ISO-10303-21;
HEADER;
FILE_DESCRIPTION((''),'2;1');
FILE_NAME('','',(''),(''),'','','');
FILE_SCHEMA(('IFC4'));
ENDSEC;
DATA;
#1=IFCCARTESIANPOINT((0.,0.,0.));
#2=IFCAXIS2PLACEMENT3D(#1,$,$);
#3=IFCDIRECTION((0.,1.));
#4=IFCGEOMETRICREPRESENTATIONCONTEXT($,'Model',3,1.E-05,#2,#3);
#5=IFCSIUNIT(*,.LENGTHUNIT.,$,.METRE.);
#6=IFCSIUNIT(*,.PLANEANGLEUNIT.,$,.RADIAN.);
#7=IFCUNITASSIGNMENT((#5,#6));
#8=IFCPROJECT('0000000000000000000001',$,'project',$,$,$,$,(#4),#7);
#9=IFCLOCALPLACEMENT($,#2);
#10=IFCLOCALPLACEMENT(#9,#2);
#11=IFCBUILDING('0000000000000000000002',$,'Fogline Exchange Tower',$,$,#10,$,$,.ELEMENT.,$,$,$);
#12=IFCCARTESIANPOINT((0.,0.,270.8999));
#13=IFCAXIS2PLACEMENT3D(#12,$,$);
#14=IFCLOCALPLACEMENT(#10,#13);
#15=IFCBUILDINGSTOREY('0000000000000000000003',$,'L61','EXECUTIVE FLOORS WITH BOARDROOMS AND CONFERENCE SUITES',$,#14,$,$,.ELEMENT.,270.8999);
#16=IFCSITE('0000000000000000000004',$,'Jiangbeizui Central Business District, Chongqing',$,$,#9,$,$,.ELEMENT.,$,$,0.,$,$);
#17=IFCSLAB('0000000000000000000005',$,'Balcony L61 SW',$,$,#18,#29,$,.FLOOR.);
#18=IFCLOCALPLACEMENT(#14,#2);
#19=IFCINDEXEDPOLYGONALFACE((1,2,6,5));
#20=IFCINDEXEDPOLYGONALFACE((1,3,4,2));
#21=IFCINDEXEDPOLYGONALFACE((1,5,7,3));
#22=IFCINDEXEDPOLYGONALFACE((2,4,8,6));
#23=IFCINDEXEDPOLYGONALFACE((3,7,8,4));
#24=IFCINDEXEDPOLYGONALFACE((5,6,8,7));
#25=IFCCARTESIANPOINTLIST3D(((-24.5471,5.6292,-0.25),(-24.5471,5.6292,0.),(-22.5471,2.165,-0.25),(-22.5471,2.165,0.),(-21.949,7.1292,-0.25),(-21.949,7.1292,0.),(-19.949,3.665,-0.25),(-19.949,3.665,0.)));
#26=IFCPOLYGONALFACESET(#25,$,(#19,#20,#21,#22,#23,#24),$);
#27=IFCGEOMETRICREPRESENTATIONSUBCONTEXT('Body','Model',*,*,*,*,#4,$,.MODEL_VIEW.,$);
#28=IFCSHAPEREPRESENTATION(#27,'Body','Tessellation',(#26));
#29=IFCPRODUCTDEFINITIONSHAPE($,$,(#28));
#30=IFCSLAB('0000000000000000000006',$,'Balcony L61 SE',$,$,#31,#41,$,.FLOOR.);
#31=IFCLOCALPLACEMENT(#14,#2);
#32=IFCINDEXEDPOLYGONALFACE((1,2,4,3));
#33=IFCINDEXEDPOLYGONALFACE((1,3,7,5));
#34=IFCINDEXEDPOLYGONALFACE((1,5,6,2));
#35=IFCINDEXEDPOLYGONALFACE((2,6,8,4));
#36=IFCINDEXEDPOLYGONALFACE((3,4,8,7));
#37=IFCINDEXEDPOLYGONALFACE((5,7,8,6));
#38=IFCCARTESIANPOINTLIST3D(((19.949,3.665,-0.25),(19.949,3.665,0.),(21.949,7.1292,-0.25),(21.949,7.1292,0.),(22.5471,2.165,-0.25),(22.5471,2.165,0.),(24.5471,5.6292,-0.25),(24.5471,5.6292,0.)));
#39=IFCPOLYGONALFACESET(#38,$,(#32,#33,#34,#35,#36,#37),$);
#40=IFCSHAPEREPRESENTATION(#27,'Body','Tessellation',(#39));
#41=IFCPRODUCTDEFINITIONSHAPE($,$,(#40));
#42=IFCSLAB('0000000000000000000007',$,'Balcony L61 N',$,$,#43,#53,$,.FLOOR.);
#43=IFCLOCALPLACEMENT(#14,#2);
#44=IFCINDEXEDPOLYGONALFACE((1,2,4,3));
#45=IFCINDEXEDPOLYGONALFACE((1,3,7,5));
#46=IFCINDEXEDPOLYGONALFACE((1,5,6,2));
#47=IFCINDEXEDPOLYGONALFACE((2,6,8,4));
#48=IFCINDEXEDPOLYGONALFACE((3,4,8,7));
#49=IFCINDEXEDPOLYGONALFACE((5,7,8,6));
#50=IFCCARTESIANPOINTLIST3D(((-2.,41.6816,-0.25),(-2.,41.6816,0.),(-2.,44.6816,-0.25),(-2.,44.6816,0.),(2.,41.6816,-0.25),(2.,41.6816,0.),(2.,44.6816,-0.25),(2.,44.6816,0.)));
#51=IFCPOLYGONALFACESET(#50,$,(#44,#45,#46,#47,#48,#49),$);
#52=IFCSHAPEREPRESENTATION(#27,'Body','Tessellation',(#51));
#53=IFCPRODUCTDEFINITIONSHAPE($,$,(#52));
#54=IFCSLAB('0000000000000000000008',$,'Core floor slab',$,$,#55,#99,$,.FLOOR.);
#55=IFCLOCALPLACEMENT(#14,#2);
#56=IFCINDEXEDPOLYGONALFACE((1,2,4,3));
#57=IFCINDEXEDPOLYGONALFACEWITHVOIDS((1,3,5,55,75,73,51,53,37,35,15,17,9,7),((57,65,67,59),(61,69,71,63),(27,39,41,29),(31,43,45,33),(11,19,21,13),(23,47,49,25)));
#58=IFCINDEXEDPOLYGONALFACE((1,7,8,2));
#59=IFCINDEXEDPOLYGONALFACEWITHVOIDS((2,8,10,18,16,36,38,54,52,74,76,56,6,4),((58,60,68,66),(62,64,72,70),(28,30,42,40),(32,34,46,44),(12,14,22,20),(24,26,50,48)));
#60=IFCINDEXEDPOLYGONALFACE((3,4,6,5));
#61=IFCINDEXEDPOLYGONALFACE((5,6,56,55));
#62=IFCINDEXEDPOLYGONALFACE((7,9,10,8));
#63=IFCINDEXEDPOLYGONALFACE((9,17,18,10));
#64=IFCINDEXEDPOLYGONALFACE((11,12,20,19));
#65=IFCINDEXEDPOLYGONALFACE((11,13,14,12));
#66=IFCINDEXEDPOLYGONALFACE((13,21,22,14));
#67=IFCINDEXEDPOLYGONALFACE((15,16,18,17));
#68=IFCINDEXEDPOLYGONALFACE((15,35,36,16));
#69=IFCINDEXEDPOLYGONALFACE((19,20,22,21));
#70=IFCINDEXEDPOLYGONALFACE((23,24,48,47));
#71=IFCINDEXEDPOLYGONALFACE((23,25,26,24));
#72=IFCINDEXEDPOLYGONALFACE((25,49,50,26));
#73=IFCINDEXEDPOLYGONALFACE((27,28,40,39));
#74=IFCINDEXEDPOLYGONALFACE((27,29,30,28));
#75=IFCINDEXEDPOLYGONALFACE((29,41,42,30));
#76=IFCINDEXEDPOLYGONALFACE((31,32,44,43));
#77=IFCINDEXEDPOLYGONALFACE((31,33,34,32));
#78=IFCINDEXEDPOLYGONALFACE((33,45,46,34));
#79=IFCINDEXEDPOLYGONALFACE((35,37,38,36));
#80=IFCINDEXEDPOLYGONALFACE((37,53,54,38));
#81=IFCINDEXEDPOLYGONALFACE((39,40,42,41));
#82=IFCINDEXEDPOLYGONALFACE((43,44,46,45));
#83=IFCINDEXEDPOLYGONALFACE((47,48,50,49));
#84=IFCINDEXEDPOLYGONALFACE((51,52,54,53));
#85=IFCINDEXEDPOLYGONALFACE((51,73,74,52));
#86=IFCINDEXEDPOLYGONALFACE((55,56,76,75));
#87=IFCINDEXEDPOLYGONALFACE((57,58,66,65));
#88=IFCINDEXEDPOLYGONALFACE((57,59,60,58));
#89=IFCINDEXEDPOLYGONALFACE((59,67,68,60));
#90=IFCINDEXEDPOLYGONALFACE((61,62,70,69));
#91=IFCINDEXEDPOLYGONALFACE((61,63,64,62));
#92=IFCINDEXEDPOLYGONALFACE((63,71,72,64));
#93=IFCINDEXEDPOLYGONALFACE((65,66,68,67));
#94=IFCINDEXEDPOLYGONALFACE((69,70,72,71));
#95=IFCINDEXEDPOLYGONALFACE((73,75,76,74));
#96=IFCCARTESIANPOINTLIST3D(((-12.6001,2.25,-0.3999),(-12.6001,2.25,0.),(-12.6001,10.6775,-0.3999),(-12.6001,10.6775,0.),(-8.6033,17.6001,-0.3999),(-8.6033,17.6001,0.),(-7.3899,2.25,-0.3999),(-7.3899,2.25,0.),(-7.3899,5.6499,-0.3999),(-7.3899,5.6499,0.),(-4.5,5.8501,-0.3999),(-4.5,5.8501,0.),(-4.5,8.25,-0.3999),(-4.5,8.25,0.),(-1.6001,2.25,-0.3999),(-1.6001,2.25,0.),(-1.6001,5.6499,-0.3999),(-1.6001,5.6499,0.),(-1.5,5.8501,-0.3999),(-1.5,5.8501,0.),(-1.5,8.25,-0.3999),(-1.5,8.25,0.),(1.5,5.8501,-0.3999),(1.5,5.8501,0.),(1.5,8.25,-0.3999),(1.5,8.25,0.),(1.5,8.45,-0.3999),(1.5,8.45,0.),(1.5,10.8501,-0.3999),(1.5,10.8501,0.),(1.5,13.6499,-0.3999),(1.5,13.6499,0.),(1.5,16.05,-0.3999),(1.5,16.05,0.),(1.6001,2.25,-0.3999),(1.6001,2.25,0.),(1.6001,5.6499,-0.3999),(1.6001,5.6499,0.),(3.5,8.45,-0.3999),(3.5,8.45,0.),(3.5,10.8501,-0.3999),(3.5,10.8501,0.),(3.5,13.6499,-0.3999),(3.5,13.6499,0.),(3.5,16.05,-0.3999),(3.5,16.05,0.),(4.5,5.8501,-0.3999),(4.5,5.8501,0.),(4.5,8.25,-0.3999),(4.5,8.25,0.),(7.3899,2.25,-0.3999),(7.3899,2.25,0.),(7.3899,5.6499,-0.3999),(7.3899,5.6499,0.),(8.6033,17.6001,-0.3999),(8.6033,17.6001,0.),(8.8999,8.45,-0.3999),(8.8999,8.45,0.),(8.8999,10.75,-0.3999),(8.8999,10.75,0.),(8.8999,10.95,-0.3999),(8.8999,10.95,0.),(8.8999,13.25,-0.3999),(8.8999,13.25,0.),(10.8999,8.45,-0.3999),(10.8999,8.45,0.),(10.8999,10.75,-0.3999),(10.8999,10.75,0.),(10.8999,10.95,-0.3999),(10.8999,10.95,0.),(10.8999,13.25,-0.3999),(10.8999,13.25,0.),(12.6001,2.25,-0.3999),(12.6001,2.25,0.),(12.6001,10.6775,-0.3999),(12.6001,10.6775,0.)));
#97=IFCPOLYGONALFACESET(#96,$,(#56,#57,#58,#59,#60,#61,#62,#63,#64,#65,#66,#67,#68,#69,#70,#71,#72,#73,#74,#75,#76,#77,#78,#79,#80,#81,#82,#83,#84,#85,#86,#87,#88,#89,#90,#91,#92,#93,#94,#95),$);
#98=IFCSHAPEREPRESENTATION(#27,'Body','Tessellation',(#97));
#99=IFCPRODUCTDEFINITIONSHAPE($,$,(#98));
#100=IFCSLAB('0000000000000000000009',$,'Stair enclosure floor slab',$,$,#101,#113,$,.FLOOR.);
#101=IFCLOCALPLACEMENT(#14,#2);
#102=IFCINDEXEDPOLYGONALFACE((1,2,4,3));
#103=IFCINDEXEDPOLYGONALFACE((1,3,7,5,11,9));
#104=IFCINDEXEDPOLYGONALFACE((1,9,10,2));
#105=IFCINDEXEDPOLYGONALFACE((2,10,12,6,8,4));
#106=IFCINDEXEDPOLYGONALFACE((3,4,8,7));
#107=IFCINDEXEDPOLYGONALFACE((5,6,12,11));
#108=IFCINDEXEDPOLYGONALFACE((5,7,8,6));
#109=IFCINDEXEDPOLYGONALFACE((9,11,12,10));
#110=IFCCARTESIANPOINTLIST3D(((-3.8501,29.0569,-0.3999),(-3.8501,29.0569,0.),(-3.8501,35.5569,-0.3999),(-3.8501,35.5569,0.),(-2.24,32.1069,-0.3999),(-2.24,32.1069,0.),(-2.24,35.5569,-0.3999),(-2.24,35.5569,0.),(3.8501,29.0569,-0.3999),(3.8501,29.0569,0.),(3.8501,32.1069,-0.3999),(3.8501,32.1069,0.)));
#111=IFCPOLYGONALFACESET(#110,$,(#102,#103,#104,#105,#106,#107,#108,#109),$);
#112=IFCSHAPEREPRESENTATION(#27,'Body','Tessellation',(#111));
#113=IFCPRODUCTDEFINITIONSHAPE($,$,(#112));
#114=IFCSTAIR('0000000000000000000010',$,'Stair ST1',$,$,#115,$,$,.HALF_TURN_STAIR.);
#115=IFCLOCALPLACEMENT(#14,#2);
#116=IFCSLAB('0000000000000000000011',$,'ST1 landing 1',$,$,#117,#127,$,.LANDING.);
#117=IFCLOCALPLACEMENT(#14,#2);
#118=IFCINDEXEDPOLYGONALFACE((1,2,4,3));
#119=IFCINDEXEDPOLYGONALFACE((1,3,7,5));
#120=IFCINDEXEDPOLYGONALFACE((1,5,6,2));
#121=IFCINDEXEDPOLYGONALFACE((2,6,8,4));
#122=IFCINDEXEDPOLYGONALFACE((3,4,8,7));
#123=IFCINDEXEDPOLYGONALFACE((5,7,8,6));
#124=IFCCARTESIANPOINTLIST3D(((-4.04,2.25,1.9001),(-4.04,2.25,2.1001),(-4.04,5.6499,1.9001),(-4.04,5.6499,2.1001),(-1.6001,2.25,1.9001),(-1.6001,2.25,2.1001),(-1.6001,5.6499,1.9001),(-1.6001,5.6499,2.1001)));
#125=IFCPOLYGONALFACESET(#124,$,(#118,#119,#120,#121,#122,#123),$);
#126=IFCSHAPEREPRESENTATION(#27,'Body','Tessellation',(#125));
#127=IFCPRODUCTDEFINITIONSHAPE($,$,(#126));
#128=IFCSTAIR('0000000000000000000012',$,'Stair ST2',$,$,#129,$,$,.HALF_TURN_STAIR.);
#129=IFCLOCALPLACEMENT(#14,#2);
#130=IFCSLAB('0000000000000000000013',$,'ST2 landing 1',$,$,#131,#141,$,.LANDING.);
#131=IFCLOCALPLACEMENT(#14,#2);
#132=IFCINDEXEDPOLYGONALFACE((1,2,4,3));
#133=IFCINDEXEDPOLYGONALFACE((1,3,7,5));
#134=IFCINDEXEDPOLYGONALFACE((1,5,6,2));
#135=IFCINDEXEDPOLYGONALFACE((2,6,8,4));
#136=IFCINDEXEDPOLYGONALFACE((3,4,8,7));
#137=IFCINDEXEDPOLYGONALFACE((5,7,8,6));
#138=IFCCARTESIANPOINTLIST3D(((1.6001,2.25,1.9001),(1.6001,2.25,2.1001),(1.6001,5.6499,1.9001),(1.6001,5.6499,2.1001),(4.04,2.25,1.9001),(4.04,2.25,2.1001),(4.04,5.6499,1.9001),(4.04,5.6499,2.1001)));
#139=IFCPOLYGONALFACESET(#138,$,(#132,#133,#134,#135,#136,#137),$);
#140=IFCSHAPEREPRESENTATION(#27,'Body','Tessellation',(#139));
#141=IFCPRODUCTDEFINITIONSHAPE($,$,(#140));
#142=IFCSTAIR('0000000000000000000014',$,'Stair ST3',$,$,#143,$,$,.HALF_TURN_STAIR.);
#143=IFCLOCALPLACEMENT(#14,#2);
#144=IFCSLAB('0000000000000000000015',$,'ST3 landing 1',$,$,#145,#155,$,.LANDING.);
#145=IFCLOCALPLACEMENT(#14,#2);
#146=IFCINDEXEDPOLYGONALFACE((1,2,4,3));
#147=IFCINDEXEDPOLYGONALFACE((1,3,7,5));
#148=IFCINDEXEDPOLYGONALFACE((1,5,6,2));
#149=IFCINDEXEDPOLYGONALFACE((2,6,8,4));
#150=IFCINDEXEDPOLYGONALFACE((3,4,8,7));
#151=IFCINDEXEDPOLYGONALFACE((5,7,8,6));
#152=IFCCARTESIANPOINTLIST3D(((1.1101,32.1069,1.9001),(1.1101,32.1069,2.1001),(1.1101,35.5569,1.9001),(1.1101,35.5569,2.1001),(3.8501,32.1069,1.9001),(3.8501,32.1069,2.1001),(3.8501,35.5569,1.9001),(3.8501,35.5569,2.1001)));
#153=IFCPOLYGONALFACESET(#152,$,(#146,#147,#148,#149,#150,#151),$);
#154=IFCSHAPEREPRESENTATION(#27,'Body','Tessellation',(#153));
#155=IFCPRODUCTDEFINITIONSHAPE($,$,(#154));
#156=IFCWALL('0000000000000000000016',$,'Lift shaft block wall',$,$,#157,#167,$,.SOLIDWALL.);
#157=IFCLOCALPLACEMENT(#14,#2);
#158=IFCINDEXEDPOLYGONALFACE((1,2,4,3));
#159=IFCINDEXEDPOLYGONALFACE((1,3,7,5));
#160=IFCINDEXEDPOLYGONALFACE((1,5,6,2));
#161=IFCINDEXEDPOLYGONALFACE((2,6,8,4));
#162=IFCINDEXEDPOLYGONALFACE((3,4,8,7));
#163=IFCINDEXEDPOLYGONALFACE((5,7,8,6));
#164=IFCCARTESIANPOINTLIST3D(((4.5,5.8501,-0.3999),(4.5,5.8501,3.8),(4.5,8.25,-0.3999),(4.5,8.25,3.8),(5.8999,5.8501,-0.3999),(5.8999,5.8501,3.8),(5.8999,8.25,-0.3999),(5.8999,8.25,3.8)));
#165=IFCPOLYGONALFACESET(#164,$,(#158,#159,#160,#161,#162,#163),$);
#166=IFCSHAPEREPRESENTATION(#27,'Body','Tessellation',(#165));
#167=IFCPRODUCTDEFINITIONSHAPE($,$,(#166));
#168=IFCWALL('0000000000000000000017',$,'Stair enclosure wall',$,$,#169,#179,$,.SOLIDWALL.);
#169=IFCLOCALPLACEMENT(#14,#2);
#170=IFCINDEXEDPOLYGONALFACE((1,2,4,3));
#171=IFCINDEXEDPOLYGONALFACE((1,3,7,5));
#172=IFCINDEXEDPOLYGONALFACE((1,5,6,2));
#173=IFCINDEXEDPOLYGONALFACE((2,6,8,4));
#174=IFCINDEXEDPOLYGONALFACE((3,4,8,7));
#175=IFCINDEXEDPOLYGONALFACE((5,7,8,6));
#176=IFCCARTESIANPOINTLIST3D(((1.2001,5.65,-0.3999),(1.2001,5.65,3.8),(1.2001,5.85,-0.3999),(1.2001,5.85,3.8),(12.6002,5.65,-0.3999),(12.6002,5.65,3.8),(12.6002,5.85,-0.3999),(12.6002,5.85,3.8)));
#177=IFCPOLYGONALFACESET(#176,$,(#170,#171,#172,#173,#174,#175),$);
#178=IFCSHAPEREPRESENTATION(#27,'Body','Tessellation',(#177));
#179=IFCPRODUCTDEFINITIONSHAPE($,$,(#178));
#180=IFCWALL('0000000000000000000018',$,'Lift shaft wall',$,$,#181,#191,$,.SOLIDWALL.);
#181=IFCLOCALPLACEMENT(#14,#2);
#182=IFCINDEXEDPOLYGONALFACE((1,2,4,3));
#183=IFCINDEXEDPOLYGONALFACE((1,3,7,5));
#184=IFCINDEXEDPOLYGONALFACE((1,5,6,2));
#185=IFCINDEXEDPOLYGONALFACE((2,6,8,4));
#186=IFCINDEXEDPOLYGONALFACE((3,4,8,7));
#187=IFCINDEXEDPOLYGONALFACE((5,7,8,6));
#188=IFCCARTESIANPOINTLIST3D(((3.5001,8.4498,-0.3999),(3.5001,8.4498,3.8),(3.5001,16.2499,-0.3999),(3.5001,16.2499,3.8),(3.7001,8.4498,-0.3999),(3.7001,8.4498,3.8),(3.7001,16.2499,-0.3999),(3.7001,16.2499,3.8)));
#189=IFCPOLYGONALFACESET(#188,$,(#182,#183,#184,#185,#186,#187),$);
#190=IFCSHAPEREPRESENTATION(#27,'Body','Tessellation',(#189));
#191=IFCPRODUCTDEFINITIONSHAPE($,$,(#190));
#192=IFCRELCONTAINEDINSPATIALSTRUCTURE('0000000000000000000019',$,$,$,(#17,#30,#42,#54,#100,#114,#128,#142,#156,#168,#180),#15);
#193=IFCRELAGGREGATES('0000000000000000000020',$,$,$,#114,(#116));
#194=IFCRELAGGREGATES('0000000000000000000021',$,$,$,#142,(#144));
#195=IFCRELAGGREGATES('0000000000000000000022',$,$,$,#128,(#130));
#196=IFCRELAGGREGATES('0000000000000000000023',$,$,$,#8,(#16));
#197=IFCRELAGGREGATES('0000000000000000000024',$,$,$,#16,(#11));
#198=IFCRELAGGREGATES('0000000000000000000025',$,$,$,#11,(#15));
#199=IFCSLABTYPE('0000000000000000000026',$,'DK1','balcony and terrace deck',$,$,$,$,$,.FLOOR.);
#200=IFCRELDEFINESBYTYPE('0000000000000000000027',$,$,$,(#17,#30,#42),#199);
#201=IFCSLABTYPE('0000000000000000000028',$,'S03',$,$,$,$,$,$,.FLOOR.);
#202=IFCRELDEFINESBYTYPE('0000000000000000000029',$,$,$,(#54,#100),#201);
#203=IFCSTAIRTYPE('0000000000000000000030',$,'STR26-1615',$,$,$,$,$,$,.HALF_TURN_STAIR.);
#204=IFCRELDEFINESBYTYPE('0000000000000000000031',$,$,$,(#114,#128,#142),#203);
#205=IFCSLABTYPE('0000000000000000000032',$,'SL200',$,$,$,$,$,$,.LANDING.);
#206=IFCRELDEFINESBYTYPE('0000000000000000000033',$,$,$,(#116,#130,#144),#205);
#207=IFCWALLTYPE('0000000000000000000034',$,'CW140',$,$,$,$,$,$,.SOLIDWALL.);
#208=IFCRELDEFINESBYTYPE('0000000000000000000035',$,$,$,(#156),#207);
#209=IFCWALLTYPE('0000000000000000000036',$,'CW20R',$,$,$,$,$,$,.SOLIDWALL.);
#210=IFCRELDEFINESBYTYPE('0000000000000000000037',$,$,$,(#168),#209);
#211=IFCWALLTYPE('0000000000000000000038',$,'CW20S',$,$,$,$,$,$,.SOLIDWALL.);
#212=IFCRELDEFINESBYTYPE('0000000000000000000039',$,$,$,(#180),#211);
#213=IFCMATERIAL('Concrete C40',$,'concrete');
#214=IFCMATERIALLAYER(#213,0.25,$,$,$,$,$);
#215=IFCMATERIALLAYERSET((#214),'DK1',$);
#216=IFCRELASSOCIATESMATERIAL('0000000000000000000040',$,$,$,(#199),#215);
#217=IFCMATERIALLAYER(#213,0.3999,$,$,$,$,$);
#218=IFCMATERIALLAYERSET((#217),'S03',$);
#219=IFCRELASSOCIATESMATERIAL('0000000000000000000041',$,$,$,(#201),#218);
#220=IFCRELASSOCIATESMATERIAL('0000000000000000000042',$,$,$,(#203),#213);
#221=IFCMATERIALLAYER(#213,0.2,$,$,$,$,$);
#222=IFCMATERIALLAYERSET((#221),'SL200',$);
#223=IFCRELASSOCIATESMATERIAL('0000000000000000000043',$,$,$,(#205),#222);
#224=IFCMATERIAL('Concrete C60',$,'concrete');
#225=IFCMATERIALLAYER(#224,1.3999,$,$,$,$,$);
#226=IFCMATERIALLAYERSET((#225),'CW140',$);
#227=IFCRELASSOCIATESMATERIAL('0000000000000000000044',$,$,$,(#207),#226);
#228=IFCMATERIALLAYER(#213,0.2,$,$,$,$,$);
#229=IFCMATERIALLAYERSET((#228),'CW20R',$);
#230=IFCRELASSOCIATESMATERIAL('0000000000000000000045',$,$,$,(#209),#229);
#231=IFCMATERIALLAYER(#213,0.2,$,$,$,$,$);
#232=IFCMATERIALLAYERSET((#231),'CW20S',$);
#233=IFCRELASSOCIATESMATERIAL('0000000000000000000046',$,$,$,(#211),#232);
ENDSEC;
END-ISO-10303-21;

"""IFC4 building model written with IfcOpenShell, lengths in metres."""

from ifc_helpers import new_model, si_unit, direction, frame, frame_2d, origin, place, context, subcontext, project, spatial, polyline, rectangle, outline, extrude, material, layer, layer_set, type_object, element, aggregate, save


model = new_model("IFC4")

# Units and contexts
model_context = context("Model", 3, precision=1e-05, world=origin(), true_north=direction((0.0, 1.0)))
body_context = subcontext(model_context, "Body", "Model", "MODEL_VIEW")
ifc_project = project(units=[si_unit("LENGTHUNIT", "METRE"), si_unit("PLANEANGLEUNIT", "RADIAN")], contexts=[model_context])

# Site, building, storey
site_placement = place(None, origin())
site = spatial("IfcSite", under=ifc_project, at=site_placement, Name="Jiangbeizui Central Business District, Chongqing", CompositionType="ELEMENT", RefElevation=0.0)
building_placement = place(site_placement, origin())
building = spatial("IfcBuilding", under=site, at=building_placement, Name="Fogline Exchange Tower", CompositionType="ELEMENT")
storey_placement = place(building_placement, frame((0.0, 0.0, 270.8999)))
storey = spatial("IfcBuildingStorey", under=building, at=storey_placement, Name="L61", Description="EXECUTIVE FLOORS WITH BOARDROOMS AND CONFERENCE SUITES", CompositionType="ELEMENT", Elevation=270.8999)

# Slabs
ifc_material_1 = material(Name="Concrete C40", Category="concrete")
ifc_layer_1 = layer(ifc_material_1, 0.25)
ifc_layer_set_1 = layer_set([ifc_layer_1], Name="DK1")
slab_type_1 = type_object("IfcSlabType", Name="DK1", Description="balcony and terrace deck", PredefinedType="FLOOR", material=ifc_layer_set_1)
slab_1_placement = place(storey_placement, frame((0.0, 0.0, -0.25)))
element("IfcSlab", 1, at=slab_1_placement, inside=storey, type_object=slab_type_1, Name="Balcony L61 SW", PredefinedType="FLOOR", context=body_context, shape_type="SweptSolid", body=[
    extrude(outline(polyline([(-24.5471, 5.6292), (-22.5471, 2.165), (-19.949, 3.665), (-21.949, 7.1292), (-24.5471, 5.6292)])), origin(), (0.0, 0.0, 1.0), 0.25),
])
slab_2_placement = place(storey_placement, frame((0.0, 0.0, -0.25)))
element("IfcSlab", 2, at=slab_2_placement, inside=storey, type_object=slab_type_1, Name="Balcony L61 SE", PredefinedType="FLOOR", context=body_context, shape_type="SweptSolid", body=[
    extrude(outline(polyline([(22.5471, 2.165), (24.5471, 5.6292), (21.949, 7.1292), (19.949, 3.665), (22.5471, 2.165)])), origin(), (0.0, 0.0, 1.0), 0.25),
])
slab_3_placement = place(storey_placement, frame((0.0, 0.0, -0.25)))
element("IfcSlab", 3, at=slab_3_placement, inside=storey, type_object=slab_type_1, Name="Balcony L61 N", PredefinedType="FLOOR", context=body_context, shape_type="SweptSolid", body=[
    extrude(outline(polyline([(2.0, 44.6816), (-2.0, 44.6816), (-2.0, 41.6816), (2.0, 41.6816), (2.0, 44.6816)])), origin(), (0.0, 0.0, 1.0), 0.25),
])
ifc_layer_2 = layer(ifc_material_1, 0.3999)
ifc_layer_set_2 = layer_set([ifc_layer_2], Name="S03")
slab_type_2 = type_object("IfcSlabType", Name="S03", PredefinedType="FLOOR", material=ifc_layer_set_2)
slab_4_placement = place(storey_placement, frame((0.0, 0.0, -0.3999)))
element("IfcSlab", 4, at=slab_4_placement, inside=storey, type_object=slab_type_2, Name="Core floor slab", PredefinedType="FLOOR", context=body_context, shape_type="SweptSolid", body=[
    extrude(outline(polyline([(-12.6001, 2.25), (-12.6001, 10.6775), (-8.6033, 17.6001), (8.6033, 17.6001), (12.6001, 10.6775), (12.6001, 2.25), (7.3899, 2.25), (7.3899, 5.6499), (1.6001, 5.6499), (1.6001, 2.25), (-1.6001, 2.25), (-1.6001, 5.6499), (-7.3899, 5.6499), (-7.3899, 2.25), (-12.6001, 2.25)]), holes=[polyline([(-4.5, 8.25), (-4.5, 5.8501), (-1.5, 5.8501), (-1.5, 8.25), (-4.5, 8.25)]), polyline([(1.5, 8.25), (1.5, 5.8501), (4.5, 5.8501), (4.5, 8.25), (1.5, 8.25)]), polyline([(8.8999, 10.75), (8.8999, 8.45), (10.8999, 8.45), (10.8999, 10.75), (8.8999, 10.75)]), polyline([(1.5, 10.8501), (1.5, 8.45), (3.5, 8.45), (3.5, 10.8501), (1.5, 10.8501)]), polyline([(8.8999, 13.25), (8.8999, 10.95), (10.8999, 10.95), (10.8999, 13.25), (8.8999, 13.25)]), polyline([(1.5, 16.05), (1.5, 13.6499), (3.5, 13.6499), (3.5, 16.05), (1.5, 16.05)])]), origin(), (0.0, 0.0, 1.0), 0.3999),
])
slab_5_placement = place(storey_placement, frame((0.0, 0.0, -0.3999)))
element("IfcSlab", 5, at=slab_5_placement, inside=storey, type_object=slab_type_2, Name="Stair enclosure floor slab", PredefinedType="FLOOR", context=body_context, shape_type="SweptSolid", body=[
    extrude(outline(polyline([(3.8501, 29.0569), (-3.8501, 29.0569), (-3.8501, 35.5569), (-2.24, 35.5569), (-2.24, 32.1069), (3.8501, 32.1069), (3.8501, 29.0569)])), origin(), (0.0, 0.0, 1.0), 0.3999),
])

# Stairs, slabs
stair_type = type_object("IfcStairType", Name="STR26-1615", PredefinedType="HALF_TURN_STAIR", material=ifc_material_1)
stair_1_placement = place(storey_placement, origin())
stair_1 = element("IfcStair", 6, at=stair_1_placement, inside=storey, type_object=stair_type, Name="Stair ST1", PredefinedType="HALF_TURN_STAIR")
ifc_layer_3 = layer(ifc_material_1, 0.2)
ifc_layer_set_3 = layer_set([ifc_layer_3], Name="SL200")
slab_type_3 = type_object("IfcSlabType", Name="SL200", PredefinedType="LANDING", material=ifc_layer_set_3)
slab_6_placement = place(storey_placement, frame((0.0, 0.0, 1.9001)))
slab_6 = element("IfcSlab", 7, at=slab_6_placement, type_object=slab_type_3, Name="ST1 landing 1", PredefinedType="LANDING", context=body_context, shape_type="SweptSolid", body=[
    extrude(outline(polyline([(-4.04, 2.25), (-1.6001, 2.25), (-1.6001, 5.6499), (-4.04, 5.6499), (-4.04, 2.25)])), origin(), (0.0, 0.0, 1.0), 0.2),
])
aggregate(stair_1, [slab_6])
stair_2_placement = place(storey_placement, origin())
stair_2 = element("IfcStair", 8, at=stair_2_placement, inside=storey, type_object=stair_type, Name="Stair ST2", PredefinedType="HALF_TURN_STAIR")
slab_7_placement = place(storey_placement, frame((0.0, 0.0, 1.9001)))
slab_7 = element("IfcSlab", 9, at=slab_7_placement, type_object=slab_type_3, Name="ST2 landing 1", PredefinedType="LANDING", context=body_context, shape_type="SweptSolid", body=[
    extrude(outline(polyline([(1.6001, 2.25), (4.04, 2.25), (4.04, 5.6499), (1.6001, 5.6499), (1.6001, 2.25)])), origin(), (0.0, 0.0, 1.0), 0.2),
])
stair_3_placement = place(storey_placement, origin())
stair_3 = element("IfcStair", 10, at=stair_3_placement, inside=storey, type_object=stair_type, Name="Stair ST3", PredefinedType="HALF_TURN_STAIR")
slab_8_placement = place(storey_placement, frame((0.0, 0.0, 1.9001)))
slab_8 = element("IfcSlab", 11, at=slab_8_placement, type_object=slab_type_3, Name="ST3 landing 1", PredefinedType="LANDING", context=body_context, shape_type="SweptSolid", body=[
    extrude(outline(polyline([(1.1101, 32.1069), (3.8501, 32.1069), (3.8501, 35.5569), (1.1101, 35.5569), (1.1101, 32.1069)])), origin(), (0.0, 0.0, 1.0), 0.2),
])
aggregate(stair_3, [slab_8])

# Walls
ifc_material_2 = material(Name="Concrete C60", Category="concrete")
ifc_layer_4 = layer(ifc_material_2, 1.3999)
ifc_layer_set_4 = layer_set([ifc_layer_4], Name="CW140")
wall_type_1 = type_object("IfcWallType", Name="CW140", PredefinedType="SOLIDWALL", material=ifc_layer_set_4)
wall_1_placement = place(storey_placement, frame((5.2, 5.8501, -0.3999), z_axis=(0.0, 0.0, 1.0), x_axis=(0.0, 1.0, 0.0)))
element("IfcWall", 12, at=wall_1_placement, inside=storey, type_object=wall_type_1, Name="Lift shaft block wall", PredefinedType="SOLIDWALL", context=body_context, shape_type="SweptSolid", body=[
    extrude(rectangle(XDim=2.3999, YDim=1.3999, at=frame_2d((1.2, 0.0))), origin(), (0.0, 0.0, 1.0), 4.2),
])
ifc_layer_5 = layer(ifc_material_1, 0.2)
ifc_layer_set_5 = layer_set([ifc_layer_5], Name="CW20R")
wall_type_2 = type_object("IfcWallType", Name="CW20R", PredefinedType="SOLIDWALL", material=ifc_layer_set_5)
wall_2_placement = place(storey_placement, frame((1.2, 5.75, -0.3999), z_axis=(0.0, 0.0, 1.0), x_axis=(1.0, 0.0, 0.0)))
element("IfcWall", 13, at=wall_2_placement, inside=storey, type_object=wall_type_2, Name="Stair enclosure wall", PredefinedType="SOLIDWALL", context=body_context, shape_type="SweptSolid", body=[
    extrude(rectangle(XDim=11.4001, YDim=0.2, at=frame_2d((5.7002, 0.0))), origin(), (0.0, 0.0, 1.0), 4.2),
])
ifc_layer_6 = layer(ifc_material_1, 0.2)
ifc_layer_set_6 = layer_set([ifc_layer_6], Name="CW20S")
wall_type_3 = type_object("IfcWallType", Name="CW20S", PredefinedType="SOLIDWALL", material=ifc_layer_set_6)
wall_3_placement = place(storey_placement, frame((3.6001, 8.45, -0.3999), z_axis=(0.0, 0.0, 1.0), x_axis=(0.0, 1.0, 0.0)))
element("IfcWall", 14, at=wall_3_placement, inside=storey, type_object=wall_type_3, Name="Lift shaft wall", PredefinedType="SOLIDWALL", context=body_context, shape_type="SweptSolid", body=[
    extrude(rectangle(XDim=7.8, YDim=0.2, at=frame_2d((3.8999, 0.0))), origin(), (0.0, 0.0, 1.0), 4.2),
])

aggregate(stair_2, [slab_7])

save(model, "model.ifc")
